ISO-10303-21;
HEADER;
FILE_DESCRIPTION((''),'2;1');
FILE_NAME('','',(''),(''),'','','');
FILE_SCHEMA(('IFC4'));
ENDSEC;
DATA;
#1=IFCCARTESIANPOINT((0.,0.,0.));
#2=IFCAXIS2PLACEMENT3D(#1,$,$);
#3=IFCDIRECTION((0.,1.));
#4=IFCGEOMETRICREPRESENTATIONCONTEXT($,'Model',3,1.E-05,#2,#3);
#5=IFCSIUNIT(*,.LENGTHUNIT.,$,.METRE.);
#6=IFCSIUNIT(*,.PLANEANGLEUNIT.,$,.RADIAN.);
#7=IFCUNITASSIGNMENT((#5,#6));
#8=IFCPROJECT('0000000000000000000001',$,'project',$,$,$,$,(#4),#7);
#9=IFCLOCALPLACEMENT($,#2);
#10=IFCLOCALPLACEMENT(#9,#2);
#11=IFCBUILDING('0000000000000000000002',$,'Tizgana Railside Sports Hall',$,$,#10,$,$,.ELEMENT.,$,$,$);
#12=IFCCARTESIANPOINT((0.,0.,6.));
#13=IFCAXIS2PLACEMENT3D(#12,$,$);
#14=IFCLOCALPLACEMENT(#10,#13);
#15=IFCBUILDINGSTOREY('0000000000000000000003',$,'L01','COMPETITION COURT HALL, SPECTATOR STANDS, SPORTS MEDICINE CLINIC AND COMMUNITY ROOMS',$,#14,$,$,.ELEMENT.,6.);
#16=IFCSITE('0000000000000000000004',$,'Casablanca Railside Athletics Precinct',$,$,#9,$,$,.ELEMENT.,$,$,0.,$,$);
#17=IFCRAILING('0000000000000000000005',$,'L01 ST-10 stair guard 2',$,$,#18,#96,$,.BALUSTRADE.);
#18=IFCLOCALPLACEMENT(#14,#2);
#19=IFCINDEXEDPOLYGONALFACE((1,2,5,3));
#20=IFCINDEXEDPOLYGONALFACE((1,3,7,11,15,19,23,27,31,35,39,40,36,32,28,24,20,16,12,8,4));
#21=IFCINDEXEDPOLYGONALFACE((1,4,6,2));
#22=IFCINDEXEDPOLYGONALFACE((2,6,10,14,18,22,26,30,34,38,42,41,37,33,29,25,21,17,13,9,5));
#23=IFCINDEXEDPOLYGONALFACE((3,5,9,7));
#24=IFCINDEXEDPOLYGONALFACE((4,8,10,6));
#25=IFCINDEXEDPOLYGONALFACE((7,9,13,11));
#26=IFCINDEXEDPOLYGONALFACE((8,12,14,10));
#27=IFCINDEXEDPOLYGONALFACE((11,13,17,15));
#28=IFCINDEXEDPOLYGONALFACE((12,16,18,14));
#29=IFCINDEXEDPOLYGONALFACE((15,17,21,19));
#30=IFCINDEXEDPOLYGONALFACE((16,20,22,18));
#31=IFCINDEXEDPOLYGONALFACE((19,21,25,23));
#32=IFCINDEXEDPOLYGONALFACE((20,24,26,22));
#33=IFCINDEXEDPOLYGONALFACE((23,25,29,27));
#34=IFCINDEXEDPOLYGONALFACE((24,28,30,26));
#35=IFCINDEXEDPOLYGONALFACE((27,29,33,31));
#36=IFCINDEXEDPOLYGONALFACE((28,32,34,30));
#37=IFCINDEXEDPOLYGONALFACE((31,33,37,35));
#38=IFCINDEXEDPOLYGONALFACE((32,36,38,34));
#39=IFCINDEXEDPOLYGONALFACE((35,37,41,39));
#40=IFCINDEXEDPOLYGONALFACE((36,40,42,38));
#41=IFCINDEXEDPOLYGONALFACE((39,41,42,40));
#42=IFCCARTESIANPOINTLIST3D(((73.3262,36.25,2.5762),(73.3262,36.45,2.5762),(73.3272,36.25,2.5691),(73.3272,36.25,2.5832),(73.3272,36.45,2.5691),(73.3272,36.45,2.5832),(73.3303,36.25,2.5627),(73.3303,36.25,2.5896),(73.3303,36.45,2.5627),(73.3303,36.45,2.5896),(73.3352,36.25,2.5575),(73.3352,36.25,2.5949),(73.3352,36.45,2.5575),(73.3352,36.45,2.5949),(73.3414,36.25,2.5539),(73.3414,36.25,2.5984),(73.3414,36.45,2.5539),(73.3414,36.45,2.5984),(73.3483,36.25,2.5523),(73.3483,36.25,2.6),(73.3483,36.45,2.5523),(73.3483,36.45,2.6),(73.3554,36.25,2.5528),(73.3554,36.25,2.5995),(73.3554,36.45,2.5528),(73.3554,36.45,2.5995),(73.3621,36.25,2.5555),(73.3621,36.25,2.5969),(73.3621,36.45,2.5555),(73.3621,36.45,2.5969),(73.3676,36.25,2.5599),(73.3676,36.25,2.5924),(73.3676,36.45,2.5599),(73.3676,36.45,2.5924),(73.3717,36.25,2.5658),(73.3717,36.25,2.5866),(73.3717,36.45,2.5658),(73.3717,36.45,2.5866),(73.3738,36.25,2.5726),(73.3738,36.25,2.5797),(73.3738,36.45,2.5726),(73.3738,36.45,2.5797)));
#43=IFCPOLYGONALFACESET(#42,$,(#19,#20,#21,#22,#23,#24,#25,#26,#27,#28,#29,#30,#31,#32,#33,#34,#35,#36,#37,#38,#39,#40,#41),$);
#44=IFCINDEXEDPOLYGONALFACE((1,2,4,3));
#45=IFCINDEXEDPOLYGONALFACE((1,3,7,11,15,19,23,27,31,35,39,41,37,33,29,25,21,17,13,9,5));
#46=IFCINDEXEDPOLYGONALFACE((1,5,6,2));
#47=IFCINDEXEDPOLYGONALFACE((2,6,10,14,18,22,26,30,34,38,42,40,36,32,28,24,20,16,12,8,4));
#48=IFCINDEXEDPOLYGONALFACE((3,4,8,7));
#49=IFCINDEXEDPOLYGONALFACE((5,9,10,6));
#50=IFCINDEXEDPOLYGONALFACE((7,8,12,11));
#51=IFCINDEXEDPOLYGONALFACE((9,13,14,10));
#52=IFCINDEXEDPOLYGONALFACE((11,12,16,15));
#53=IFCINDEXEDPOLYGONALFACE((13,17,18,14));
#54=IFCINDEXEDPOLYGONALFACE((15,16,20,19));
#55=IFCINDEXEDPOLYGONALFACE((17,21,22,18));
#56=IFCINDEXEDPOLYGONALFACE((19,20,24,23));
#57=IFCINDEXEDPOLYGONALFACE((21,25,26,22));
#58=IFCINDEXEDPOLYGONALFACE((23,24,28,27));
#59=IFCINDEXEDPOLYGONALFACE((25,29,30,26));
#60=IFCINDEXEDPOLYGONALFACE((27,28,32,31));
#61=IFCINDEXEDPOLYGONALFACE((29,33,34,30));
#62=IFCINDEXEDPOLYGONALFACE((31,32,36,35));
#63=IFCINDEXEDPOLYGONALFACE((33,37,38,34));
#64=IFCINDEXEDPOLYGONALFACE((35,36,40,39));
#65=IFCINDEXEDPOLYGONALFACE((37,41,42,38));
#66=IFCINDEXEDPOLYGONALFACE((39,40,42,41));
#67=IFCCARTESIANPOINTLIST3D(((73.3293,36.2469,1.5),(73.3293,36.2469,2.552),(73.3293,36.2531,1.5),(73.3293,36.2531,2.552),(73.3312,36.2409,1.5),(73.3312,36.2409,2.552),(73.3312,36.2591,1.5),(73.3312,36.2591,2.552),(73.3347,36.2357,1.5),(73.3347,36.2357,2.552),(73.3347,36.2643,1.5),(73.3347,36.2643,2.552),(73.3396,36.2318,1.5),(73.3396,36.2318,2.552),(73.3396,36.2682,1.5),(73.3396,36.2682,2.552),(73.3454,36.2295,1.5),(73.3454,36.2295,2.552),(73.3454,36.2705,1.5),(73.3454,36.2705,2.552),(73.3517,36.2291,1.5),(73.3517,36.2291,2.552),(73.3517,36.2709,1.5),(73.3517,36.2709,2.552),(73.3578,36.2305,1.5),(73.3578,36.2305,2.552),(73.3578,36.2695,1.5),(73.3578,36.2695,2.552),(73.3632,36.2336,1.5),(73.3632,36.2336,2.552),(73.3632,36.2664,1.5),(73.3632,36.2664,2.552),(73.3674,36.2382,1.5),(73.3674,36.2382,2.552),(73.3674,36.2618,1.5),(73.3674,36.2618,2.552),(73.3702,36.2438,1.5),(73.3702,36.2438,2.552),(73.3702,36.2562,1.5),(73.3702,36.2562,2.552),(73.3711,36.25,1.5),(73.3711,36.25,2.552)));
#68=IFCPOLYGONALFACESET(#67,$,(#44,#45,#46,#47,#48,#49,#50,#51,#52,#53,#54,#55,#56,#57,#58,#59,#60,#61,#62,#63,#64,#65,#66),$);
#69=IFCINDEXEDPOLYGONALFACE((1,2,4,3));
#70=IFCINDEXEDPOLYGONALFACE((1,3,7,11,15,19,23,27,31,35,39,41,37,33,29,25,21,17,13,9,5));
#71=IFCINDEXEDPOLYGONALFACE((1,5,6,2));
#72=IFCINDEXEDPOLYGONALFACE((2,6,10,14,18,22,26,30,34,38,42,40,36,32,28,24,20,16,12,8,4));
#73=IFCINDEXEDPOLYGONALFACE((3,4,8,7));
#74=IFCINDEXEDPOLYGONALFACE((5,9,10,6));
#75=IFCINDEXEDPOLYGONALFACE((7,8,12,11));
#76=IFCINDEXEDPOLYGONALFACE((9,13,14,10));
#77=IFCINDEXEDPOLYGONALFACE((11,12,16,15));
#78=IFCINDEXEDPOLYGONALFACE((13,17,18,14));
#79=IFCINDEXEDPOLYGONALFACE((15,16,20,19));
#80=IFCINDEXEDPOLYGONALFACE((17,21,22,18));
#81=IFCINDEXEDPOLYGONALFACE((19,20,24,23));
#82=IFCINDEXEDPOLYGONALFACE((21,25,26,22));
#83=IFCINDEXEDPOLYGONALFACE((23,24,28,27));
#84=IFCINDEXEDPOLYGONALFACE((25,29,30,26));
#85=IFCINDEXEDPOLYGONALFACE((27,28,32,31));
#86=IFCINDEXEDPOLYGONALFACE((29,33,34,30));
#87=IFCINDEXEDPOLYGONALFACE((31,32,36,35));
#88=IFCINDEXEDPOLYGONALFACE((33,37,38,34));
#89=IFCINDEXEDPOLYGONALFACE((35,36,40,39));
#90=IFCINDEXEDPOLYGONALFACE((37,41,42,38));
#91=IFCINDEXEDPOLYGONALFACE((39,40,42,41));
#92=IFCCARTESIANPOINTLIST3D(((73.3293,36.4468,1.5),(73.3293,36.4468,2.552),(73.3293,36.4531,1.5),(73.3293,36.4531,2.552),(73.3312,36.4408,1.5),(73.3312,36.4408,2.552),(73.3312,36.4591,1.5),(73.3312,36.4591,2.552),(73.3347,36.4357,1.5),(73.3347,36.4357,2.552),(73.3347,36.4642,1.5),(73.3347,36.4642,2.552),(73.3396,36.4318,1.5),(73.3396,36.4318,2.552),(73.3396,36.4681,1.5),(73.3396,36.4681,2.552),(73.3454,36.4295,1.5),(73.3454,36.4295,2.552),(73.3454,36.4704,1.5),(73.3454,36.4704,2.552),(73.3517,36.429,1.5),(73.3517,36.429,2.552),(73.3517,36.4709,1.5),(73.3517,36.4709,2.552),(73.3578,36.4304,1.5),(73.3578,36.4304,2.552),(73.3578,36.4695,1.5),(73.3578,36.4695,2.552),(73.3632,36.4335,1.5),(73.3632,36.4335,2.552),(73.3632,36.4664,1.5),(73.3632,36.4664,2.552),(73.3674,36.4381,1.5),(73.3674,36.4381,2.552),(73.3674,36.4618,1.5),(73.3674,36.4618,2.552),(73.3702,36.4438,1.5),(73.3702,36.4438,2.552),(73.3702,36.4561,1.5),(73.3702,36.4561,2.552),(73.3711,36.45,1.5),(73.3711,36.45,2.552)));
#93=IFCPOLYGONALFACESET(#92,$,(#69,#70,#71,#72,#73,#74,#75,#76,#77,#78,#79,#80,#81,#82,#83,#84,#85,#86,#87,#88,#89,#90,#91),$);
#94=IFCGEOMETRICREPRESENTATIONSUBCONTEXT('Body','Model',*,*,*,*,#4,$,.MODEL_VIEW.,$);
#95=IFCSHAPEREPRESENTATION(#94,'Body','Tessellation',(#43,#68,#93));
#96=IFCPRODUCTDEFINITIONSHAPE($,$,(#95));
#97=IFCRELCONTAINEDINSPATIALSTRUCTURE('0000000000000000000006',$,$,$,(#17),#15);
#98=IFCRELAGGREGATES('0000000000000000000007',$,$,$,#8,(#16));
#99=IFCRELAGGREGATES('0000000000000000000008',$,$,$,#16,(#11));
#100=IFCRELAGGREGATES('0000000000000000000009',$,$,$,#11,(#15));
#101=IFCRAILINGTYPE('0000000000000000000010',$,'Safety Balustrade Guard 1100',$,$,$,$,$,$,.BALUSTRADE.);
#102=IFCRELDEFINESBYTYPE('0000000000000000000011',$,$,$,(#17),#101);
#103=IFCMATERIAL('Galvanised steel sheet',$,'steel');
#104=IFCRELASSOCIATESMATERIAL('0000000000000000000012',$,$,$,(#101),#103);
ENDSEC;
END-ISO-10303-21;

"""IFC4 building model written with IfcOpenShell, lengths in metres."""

from ifc_helpers import new_model, si_unit, direction, frame, origin, origin_2d, place, context, subcontext, project, spatial, circle, extrude, material, type_object, element, save


model = new_model("IFC4")

# Units and contexts
model_context = context("Model", 3, precision=1e-05, world=origin(), true_north=direction((0.0, 1.0)))
body_context = subcontext(model_context, "Body", "Model", "MODEL_VIEW")
ifc_project = project(units=[si_unit("LENGTHUNIT", "METRE"), si_unit("PLANEANGLEUNIT", "RADIAN")], contexts=[model_context])

# Site, building, storey
site_placement = place(None, origin())
site = spatial("IfcSite", under=ifc_project, at=site_placement, Name="Casablanca Railside Athletics Precinct", CompositionType="ELEMENT", RefElevation=0.0)
building_placement = place(site_placement, origin())
building = spatial("IfcBuilding", under=site, at=building_placement, Name="Tizgana Railside Sports Hall", CompositionType="ELEMENT")
storey_placement = place(building_placement, frame((0.0, 0.0, 6.0)))
storey = spatial("IfcBuildingStorey", under=building, at=storey_placement, Name="L01", Description="COMPETITION COURT HALL, SPECTATOR STANDS, SPORTS MEDICINE CLINIC AND COMMUNITY ROOMS", CompositionType="ELEMENT", Elevation=6.0)

# Railing
ifc_material_1 = material(Name="Galvanised steel sheet", Category="steel")
railing_type_1 = type_object("IfcRailingType", Name="Safety Balustrade Guard 1100", PredefinedType="BALUSTRADE", material=ifc_material_1)
railing_1_placement = place(storey_placement, frame((73.3501, 36.25, 1.5)))
element("IfcRailing", 1, at=railing_1_placement, inside=storey, type_object=railing_type_1, Name="L01 ST-10 stair guard 2", PredefinedType="BALUSTRADE", context=body_context, shape_type="SweptSolid", body=[
    extrude(circle(Radius=0.0239, at=origin_2d()), frame((0.0, 0.0, 1.0762), z_axis=(0.0, 1.0, 0.0), x_axis=(-1.0, 0.0, 0.0)), (0.0, 0.0, 1.0), 0.2),
    extrude(circle(Radius=0.021, at=origin_2d()), origin(), (0.0, 0.0, 1.0), 1.052),
    extrude(circle(Radius=0.021, at=origin_2d()), frame((0.0, 0.2, 0.0)), (0.0, 0.0, 1.0), 1.052),
])

save(model, "model.ifc")
